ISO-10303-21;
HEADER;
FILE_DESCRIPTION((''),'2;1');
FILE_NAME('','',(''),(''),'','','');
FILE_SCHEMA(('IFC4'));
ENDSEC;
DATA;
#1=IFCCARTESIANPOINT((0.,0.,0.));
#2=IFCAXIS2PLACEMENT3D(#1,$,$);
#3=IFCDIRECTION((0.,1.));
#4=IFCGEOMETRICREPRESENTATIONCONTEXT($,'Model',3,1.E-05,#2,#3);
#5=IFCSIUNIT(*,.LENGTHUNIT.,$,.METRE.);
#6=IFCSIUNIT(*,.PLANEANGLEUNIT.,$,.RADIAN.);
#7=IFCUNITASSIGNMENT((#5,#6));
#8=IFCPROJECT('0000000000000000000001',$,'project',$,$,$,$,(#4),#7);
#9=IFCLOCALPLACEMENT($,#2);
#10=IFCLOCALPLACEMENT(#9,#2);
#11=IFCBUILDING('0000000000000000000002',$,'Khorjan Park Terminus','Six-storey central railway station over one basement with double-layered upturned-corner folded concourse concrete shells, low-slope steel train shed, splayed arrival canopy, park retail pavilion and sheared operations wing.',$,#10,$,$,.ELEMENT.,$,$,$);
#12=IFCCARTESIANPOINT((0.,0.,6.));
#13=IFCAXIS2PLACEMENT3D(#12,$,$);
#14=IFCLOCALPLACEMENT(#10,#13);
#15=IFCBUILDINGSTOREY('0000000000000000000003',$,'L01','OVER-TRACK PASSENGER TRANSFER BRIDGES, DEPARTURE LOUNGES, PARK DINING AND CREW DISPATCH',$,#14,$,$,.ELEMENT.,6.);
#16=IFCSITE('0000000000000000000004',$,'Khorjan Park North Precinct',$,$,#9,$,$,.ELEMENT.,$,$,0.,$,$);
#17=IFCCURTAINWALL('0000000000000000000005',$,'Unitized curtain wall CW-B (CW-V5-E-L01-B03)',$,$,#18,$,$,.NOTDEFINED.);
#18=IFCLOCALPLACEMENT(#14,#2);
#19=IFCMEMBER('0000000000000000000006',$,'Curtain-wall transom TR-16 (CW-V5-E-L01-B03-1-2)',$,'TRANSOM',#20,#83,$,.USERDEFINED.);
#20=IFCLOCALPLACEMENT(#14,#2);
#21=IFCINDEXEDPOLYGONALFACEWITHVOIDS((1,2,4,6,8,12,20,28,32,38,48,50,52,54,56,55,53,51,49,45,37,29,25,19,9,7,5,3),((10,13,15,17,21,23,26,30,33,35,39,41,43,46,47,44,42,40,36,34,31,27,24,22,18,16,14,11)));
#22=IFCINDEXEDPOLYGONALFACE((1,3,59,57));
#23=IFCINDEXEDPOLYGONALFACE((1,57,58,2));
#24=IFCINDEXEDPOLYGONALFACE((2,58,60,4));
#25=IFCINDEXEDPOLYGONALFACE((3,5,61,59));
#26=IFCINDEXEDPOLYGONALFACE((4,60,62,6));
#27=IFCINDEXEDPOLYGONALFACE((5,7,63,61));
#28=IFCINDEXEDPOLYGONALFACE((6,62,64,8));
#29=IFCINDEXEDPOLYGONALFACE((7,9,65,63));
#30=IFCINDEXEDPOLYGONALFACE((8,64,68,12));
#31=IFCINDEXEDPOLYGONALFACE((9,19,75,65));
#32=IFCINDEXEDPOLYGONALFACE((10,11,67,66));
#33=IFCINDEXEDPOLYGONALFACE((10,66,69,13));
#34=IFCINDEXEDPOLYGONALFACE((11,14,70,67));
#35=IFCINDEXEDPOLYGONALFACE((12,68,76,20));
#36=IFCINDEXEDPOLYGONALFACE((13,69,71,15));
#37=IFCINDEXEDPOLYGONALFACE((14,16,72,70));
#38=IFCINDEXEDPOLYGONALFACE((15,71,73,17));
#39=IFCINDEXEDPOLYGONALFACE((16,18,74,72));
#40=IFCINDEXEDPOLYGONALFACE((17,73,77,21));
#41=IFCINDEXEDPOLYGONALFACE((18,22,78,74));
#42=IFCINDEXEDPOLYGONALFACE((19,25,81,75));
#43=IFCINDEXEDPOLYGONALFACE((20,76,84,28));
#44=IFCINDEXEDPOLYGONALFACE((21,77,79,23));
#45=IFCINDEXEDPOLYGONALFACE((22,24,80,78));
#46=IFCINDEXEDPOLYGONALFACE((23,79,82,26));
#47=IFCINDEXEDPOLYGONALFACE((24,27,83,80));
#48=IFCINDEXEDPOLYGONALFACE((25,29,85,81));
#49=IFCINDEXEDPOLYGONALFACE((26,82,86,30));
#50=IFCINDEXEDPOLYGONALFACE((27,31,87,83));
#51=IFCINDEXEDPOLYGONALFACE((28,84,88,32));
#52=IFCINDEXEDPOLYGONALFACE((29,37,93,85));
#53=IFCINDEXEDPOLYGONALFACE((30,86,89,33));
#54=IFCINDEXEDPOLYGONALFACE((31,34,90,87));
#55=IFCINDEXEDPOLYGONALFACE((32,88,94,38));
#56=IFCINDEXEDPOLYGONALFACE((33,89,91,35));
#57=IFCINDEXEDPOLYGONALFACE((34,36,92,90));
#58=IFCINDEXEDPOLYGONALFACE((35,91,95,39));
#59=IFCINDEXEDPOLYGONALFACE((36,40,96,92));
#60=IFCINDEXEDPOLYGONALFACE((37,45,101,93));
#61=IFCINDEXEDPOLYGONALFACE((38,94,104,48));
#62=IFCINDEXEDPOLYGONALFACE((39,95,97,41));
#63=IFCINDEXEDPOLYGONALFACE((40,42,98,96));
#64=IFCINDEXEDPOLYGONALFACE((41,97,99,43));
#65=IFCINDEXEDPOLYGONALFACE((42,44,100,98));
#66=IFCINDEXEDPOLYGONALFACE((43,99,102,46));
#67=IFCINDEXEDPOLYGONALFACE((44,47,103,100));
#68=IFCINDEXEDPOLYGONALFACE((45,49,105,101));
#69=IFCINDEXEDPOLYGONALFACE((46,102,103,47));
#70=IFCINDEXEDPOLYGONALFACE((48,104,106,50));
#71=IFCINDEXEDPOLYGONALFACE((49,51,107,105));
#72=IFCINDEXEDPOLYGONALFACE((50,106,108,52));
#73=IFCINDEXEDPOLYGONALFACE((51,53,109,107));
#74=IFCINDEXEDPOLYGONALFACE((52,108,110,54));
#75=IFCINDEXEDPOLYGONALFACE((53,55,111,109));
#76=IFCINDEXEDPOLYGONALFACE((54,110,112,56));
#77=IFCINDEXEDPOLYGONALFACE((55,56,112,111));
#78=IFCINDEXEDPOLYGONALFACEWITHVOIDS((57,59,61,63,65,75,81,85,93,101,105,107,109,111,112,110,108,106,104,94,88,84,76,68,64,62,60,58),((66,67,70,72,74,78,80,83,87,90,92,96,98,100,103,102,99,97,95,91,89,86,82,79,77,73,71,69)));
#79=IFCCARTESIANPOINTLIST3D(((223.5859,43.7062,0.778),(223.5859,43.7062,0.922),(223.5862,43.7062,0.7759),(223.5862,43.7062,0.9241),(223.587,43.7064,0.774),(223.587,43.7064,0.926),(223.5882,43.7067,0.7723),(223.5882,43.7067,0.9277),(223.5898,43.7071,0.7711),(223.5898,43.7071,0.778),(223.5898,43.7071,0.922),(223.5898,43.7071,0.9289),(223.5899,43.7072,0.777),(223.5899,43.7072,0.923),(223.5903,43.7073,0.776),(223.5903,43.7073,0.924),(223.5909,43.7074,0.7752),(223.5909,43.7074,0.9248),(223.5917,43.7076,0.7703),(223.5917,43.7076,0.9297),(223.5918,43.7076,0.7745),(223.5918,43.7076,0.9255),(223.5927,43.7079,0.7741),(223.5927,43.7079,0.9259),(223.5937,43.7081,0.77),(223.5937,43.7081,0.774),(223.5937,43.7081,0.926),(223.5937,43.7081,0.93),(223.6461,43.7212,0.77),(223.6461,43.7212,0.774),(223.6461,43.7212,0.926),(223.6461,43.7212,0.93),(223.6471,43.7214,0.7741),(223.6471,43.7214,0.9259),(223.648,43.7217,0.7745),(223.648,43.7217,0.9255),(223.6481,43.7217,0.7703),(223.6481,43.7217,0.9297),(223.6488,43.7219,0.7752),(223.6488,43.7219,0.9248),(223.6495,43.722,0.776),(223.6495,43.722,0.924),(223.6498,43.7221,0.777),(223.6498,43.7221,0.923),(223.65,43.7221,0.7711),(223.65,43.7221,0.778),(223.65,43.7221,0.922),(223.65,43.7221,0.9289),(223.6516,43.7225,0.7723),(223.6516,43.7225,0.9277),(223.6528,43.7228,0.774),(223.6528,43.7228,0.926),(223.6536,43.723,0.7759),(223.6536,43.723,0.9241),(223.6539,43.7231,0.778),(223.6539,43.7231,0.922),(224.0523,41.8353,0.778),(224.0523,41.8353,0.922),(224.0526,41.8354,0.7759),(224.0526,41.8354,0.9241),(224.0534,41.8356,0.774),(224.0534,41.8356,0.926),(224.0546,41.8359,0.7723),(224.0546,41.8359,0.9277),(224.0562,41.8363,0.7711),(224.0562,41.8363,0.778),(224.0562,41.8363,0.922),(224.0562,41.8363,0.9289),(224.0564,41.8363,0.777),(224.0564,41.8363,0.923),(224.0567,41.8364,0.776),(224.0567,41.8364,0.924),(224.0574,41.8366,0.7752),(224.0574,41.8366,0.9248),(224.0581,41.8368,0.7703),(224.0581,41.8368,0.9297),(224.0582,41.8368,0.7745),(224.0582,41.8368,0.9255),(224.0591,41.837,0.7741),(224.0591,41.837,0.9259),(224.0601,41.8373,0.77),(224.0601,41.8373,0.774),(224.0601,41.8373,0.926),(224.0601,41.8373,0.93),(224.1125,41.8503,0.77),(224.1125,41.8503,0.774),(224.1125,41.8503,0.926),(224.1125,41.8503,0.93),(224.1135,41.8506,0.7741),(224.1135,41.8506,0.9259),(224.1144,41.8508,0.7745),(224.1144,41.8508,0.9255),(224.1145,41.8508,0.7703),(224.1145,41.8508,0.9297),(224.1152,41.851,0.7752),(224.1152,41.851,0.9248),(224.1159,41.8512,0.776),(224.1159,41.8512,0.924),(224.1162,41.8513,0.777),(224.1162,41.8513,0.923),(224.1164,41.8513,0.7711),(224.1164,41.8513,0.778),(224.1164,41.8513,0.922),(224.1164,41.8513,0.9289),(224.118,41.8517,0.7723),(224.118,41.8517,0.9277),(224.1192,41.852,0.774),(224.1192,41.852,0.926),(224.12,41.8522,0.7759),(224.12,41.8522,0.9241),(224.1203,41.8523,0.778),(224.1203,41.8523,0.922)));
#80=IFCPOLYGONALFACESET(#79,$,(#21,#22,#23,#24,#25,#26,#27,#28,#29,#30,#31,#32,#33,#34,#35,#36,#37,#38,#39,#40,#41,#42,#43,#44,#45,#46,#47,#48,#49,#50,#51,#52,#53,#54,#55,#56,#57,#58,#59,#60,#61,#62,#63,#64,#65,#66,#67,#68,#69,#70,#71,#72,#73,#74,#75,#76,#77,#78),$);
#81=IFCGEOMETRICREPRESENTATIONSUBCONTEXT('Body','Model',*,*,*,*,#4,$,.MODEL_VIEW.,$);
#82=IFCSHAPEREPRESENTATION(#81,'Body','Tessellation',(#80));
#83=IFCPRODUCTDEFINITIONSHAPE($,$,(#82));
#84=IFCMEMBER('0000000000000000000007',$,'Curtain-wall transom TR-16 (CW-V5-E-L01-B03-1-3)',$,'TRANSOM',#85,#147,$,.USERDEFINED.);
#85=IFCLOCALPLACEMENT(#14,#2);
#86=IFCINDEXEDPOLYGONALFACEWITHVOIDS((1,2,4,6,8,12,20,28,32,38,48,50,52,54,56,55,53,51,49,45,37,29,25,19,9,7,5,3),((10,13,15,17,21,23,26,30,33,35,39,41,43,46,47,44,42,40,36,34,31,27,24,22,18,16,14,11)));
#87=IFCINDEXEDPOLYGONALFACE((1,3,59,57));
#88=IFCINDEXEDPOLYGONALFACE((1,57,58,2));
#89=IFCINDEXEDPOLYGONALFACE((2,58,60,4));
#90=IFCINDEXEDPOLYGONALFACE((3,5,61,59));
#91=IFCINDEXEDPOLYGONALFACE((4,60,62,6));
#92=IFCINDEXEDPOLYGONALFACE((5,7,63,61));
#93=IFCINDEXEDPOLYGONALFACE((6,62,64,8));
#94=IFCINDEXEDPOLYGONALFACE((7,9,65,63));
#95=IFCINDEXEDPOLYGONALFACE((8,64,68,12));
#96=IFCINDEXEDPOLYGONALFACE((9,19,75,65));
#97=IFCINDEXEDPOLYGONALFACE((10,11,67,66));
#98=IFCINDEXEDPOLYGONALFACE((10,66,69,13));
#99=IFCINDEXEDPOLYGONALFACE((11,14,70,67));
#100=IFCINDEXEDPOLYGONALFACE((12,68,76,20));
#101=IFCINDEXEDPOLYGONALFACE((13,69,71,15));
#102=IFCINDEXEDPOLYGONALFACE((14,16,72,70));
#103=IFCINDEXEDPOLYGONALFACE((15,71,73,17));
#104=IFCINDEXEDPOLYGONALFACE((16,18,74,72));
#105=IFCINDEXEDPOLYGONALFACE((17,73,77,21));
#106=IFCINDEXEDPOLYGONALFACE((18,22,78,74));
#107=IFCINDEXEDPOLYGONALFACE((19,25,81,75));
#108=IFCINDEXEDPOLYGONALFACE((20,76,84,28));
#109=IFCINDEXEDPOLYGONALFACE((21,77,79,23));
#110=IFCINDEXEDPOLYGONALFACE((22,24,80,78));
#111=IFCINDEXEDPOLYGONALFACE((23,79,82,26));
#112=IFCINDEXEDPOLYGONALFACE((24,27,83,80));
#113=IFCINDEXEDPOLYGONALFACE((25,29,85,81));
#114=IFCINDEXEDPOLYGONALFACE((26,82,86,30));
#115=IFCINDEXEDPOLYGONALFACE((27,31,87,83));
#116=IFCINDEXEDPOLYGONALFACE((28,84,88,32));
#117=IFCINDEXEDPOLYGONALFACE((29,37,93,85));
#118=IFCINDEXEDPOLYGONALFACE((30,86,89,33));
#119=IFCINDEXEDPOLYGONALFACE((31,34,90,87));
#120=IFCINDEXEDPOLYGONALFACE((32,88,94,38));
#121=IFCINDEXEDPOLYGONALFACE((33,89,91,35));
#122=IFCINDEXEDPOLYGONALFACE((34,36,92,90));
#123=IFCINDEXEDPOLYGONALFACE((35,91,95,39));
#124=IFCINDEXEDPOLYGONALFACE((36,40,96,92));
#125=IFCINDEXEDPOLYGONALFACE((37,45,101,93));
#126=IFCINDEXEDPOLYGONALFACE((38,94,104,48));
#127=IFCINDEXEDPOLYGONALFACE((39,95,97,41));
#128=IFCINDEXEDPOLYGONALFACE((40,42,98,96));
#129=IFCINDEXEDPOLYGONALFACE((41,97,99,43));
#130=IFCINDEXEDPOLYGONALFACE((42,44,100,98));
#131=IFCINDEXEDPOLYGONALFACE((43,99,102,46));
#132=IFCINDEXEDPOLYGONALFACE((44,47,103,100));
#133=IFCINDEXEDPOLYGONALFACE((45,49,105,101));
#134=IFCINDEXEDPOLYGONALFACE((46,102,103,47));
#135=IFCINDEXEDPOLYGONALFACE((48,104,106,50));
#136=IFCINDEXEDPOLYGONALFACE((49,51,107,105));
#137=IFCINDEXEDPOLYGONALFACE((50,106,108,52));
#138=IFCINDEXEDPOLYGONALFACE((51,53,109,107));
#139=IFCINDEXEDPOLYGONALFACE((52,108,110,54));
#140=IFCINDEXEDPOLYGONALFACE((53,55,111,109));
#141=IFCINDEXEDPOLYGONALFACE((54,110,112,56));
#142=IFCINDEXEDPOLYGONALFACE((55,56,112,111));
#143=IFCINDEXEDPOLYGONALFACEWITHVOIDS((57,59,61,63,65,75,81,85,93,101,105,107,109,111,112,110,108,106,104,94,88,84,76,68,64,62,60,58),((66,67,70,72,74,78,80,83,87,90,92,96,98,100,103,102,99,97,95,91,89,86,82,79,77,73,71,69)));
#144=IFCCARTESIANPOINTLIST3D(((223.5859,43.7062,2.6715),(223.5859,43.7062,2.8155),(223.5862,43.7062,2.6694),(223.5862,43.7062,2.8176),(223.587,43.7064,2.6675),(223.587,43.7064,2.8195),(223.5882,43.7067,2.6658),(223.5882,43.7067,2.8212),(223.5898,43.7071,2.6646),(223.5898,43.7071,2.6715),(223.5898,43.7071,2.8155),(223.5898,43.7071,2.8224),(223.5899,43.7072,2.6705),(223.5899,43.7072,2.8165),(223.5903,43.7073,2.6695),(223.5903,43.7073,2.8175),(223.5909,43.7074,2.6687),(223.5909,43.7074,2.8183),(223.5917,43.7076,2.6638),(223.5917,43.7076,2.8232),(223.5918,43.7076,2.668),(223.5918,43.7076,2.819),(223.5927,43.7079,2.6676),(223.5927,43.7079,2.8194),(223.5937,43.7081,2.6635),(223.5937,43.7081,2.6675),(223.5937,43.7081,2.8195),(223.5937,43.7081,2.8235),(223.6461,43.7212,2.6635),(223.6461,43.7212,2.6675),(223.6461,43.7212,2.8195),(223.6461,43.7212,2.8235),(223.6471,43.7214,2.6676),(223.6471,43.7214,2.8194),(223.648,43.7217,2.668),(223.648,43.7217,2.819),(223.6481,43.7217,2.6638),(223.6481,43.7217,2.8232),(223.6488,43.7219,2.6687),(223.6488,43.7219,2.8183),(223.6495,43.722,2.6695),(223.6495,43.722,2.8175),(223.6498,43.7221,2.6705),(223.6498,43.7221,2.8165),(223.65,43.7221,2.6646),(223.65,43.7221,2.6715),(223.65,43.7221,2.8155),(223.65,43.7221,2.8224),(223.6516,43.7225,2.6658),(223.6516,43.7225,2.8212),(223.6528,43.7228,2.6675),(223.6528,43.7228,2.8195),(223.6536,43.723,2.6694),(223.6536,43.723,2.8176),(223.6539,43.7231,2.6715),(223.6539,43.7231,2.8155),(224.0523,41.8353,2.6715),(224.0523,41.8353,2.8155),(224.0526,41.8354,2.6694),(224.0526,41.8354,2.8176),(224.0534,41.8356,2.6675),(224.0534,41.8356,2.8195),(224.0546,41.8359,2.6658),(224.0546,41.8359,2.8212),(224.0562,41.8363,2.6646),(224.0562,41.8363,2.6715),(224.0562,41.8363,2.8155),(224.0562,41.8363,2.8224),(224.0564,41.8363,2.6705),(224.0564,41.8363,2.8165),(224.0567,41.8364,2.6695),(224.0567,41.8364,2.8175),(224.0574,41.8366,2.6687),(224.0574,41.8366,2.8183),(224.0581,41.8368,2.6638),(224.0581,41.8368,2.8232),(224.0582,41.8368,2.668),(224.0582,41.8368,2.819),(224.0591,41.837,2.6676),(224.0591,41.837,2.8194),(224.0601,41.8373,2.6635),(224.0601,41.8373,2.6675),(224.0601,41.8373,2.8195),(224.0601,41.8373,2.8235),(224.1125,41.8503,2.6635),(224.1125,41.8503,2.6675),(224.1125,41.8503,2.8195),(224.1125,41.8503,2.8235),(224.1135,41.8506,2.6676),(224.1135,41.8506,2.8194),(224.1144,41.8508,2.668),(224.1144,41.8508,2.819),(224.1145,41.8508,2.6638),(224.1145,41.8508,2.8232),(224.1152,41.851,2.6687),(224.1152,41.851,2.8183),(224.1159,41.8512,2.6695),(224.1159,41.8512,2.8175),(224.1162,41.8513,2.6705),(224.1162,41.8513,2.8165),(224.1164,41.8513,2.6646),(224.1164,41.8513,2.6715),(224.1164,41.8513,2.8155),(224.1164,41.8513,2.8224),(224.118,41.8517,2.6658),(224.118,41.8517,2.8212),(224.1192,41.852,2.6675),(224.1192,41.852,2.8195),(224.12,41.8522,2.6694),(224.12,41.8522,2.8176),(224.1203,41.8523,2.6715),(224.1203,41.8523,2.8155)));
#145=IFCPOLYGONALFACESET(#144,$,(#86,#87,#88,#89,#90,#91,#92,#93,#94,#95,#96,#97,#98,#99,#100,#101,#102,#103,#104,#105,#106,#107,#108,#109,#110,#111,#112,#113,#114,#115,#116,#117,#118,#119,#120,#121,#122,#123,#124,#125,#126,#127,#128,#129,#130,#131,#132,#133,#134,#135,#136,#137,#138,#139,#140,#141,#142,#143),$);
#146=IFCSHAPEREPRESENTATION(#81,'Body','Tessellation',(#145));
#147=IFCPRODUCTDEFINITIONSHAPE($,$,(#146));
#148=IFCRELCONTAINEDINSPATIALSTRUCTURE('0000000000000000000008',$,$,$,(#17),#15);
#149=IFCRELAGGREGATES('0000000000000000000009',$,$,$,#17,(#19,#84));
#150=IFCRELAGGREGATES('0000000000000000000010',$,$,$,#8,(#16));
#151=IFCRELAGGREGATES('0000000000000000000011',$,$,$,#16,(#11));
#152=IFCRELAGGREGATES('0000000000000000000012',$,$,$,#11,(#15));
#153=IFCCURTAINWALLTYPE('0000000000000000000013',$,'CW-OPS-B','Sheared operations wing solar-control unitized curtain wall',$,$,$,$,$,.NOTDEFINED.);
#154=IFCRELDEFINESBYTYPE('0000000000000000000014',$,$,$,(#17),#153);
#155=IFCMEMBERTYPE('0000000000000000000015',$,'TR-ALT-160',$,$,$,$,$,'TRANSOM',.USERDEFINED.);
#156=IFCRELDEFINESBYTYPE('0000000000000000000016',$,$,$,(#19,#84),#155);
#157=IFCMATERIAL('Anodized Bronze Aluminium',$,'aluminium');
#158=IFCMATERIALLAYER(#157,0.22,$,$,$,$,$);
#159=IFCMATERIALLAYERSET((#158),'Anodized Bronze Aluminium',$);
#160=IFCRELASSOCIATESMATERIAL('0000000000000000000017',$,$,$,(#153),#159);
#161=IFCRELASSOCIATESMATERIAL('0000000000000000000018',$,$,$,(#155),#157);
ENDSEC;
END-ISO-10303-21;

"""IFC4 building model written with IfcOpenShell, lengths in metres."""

from ifc_helpers import new_model, si_unit, direction, frame, origin, origin_2d, place, context, subcontext, project, spatial, hollow_rectangle, extrude, material, layer, layer_set, material_profile, profile_set, type_object, element, aggregate, save


model = new_model("IFC4")

# Units and contexts
model_context = context("Model", 3, precision=1e-05, world=origin(), true_north=direction((0.0, 1.0)))
body_context = subcontext(model_context, "Body", "Model", "MODEL_VIEW")
ifc_project = project(units=[si_unit("LENGTHUNIT", "METRE"), si_unit("PLANEANGLEUNIT", "RADIAN")], contexts=[model_context])

# Site, building, storey
site_placement = place(None, origin())
site = spatial("IfcSite", under=ifc_project, at=site_placement, Name="Khorjan Park North Precinct", CompositionType="ELEMENT", RefElevation=0.0)
building_placement = place(site_placement, origin())
building = spatial("IfcBuilding", under=site, at=building_placement, Name="Khorjan Park Terminus", Description="Six-storey central railway station over one basement with double-layered upturned-corner folded concourse concrete shells, low-slope steel train shed, splayed arrival canopy, park retail pavilion and sheared operations wing.", CompositionType="ELEMENT")
storey_placement = place(building_placement, frame((0.0, 0.0, 6.0)))
storey = spatial("IfcBuildingStorey", under=building, at=storey_placement, Name="L01", Description="OVER-TRACK PASSENGER TRANSFER BRIDGES, DEPARTURE LOUNGES, PARK DINING AND CREW DISPATCH", CompositionType="ELEMENT", Elevation=6.0)

# Curtain wall, members
ifc_material_1 = material(Name="Anodized Bronze Aluminium", Category="aluminium")
ifc_layer_1 = layer(ifc_material_1, 0.22)
ifc_layer_set_1 = layer_set([ifc_layer_1], Name="Anodized Bronze Aluminium")
curtain_wall_type = type_object("IfcCurtainWallType", Name="CW-OPS-B", Description="Sheared operations wing solar-control unitized curtain wall", PredefinedType="NOTDEFINED", material=ifc_layer_set_1)
curtain_wall_placement = place(storey_placement, origin())
curtain_wall = element("IfcCurtainWall", 1, at=curtain_wall_placement, inside=storey, type_object=curtain_wall_type, Name="Unitized curtain wall CW-B (CW-V5-E-L01-B03)", PredefinedType="NOTDEFINED")
ifc_material_profile_1 = material_profile(ifc_material_1, hollow_rectangle(XDim=0.07, YDim=0.16, WallThickness=0.004, InnerFilletRadius=0.004, OuterFilletRadius=0.008, at=origin_2d()), Name="ALT 70x160x4")
ifc_profile_set_1 = profile_set([ifc_material_profile_1], Name="Anodized Bronze Aluminium")
member_type_1 = type_object("IfcMemberType", Name="TR-ALT-160", ElementType="TRANSOM", PredefinedType="USERDEFINED", material=ifc_profile_set_1)
member_1_placement = place(storey_placement, frame((224.0863, 41.8438, 0.85), z_axis=(-0.241901, 0.970301, 0.0), x_axis=(-0.970301, -0.241901, 0.0)))
member_1 = element("IfcMember", 2, at=member_1_placement, type_object=member_type_1, Name="Curtain-wall transom TR-16 (CW-V5-E-L01-B03-1-2)", ObjectType="TRANSOM", PredefinedType="USERDEFINED", context=body_context, shape_type="SweptSolid", body=[
    extrude(hollow_rectangle(XDim=0.07, YDim=0.16, WallThickness=0.004, InnerFilletRadius=0.004, OuterFilletRadius=0.008, at=origin_2d()), origin(), (0.0, 0.0, 1.0), 1.9281),
])
member_2_placement = place(storey_placement, frame((224.0863, 41.8438, 2.7435), z_axis=(-0.241901, 0.970301, 0.0), x_axis=(-0.970301, -0.241901, 0.0)))
member_2 = element("IfcMember", 3, at=member_2_placement, type_object=member_type_1, Name="Curtain-wall transom TR-16 (CW-V5-E-L01-B03-1-3)", ObjectType="TRANSOM", PredefinedType="USERDEFINED", context=body_context, shape_type="SweptSolid", body=[
    extrude(hollow_rectangle(XDim=0.07, YDim=0.16, WallThickness=0.004, InnerFilletRadius=0.004, OuterFilletRadius=0.008, at=origin_2d()), origin(), (0.0, 0.0, 1.0), 1.9281),
])
aggregate(curtain_wall, [member_1, member_2])

save(model, "model.ifc")
